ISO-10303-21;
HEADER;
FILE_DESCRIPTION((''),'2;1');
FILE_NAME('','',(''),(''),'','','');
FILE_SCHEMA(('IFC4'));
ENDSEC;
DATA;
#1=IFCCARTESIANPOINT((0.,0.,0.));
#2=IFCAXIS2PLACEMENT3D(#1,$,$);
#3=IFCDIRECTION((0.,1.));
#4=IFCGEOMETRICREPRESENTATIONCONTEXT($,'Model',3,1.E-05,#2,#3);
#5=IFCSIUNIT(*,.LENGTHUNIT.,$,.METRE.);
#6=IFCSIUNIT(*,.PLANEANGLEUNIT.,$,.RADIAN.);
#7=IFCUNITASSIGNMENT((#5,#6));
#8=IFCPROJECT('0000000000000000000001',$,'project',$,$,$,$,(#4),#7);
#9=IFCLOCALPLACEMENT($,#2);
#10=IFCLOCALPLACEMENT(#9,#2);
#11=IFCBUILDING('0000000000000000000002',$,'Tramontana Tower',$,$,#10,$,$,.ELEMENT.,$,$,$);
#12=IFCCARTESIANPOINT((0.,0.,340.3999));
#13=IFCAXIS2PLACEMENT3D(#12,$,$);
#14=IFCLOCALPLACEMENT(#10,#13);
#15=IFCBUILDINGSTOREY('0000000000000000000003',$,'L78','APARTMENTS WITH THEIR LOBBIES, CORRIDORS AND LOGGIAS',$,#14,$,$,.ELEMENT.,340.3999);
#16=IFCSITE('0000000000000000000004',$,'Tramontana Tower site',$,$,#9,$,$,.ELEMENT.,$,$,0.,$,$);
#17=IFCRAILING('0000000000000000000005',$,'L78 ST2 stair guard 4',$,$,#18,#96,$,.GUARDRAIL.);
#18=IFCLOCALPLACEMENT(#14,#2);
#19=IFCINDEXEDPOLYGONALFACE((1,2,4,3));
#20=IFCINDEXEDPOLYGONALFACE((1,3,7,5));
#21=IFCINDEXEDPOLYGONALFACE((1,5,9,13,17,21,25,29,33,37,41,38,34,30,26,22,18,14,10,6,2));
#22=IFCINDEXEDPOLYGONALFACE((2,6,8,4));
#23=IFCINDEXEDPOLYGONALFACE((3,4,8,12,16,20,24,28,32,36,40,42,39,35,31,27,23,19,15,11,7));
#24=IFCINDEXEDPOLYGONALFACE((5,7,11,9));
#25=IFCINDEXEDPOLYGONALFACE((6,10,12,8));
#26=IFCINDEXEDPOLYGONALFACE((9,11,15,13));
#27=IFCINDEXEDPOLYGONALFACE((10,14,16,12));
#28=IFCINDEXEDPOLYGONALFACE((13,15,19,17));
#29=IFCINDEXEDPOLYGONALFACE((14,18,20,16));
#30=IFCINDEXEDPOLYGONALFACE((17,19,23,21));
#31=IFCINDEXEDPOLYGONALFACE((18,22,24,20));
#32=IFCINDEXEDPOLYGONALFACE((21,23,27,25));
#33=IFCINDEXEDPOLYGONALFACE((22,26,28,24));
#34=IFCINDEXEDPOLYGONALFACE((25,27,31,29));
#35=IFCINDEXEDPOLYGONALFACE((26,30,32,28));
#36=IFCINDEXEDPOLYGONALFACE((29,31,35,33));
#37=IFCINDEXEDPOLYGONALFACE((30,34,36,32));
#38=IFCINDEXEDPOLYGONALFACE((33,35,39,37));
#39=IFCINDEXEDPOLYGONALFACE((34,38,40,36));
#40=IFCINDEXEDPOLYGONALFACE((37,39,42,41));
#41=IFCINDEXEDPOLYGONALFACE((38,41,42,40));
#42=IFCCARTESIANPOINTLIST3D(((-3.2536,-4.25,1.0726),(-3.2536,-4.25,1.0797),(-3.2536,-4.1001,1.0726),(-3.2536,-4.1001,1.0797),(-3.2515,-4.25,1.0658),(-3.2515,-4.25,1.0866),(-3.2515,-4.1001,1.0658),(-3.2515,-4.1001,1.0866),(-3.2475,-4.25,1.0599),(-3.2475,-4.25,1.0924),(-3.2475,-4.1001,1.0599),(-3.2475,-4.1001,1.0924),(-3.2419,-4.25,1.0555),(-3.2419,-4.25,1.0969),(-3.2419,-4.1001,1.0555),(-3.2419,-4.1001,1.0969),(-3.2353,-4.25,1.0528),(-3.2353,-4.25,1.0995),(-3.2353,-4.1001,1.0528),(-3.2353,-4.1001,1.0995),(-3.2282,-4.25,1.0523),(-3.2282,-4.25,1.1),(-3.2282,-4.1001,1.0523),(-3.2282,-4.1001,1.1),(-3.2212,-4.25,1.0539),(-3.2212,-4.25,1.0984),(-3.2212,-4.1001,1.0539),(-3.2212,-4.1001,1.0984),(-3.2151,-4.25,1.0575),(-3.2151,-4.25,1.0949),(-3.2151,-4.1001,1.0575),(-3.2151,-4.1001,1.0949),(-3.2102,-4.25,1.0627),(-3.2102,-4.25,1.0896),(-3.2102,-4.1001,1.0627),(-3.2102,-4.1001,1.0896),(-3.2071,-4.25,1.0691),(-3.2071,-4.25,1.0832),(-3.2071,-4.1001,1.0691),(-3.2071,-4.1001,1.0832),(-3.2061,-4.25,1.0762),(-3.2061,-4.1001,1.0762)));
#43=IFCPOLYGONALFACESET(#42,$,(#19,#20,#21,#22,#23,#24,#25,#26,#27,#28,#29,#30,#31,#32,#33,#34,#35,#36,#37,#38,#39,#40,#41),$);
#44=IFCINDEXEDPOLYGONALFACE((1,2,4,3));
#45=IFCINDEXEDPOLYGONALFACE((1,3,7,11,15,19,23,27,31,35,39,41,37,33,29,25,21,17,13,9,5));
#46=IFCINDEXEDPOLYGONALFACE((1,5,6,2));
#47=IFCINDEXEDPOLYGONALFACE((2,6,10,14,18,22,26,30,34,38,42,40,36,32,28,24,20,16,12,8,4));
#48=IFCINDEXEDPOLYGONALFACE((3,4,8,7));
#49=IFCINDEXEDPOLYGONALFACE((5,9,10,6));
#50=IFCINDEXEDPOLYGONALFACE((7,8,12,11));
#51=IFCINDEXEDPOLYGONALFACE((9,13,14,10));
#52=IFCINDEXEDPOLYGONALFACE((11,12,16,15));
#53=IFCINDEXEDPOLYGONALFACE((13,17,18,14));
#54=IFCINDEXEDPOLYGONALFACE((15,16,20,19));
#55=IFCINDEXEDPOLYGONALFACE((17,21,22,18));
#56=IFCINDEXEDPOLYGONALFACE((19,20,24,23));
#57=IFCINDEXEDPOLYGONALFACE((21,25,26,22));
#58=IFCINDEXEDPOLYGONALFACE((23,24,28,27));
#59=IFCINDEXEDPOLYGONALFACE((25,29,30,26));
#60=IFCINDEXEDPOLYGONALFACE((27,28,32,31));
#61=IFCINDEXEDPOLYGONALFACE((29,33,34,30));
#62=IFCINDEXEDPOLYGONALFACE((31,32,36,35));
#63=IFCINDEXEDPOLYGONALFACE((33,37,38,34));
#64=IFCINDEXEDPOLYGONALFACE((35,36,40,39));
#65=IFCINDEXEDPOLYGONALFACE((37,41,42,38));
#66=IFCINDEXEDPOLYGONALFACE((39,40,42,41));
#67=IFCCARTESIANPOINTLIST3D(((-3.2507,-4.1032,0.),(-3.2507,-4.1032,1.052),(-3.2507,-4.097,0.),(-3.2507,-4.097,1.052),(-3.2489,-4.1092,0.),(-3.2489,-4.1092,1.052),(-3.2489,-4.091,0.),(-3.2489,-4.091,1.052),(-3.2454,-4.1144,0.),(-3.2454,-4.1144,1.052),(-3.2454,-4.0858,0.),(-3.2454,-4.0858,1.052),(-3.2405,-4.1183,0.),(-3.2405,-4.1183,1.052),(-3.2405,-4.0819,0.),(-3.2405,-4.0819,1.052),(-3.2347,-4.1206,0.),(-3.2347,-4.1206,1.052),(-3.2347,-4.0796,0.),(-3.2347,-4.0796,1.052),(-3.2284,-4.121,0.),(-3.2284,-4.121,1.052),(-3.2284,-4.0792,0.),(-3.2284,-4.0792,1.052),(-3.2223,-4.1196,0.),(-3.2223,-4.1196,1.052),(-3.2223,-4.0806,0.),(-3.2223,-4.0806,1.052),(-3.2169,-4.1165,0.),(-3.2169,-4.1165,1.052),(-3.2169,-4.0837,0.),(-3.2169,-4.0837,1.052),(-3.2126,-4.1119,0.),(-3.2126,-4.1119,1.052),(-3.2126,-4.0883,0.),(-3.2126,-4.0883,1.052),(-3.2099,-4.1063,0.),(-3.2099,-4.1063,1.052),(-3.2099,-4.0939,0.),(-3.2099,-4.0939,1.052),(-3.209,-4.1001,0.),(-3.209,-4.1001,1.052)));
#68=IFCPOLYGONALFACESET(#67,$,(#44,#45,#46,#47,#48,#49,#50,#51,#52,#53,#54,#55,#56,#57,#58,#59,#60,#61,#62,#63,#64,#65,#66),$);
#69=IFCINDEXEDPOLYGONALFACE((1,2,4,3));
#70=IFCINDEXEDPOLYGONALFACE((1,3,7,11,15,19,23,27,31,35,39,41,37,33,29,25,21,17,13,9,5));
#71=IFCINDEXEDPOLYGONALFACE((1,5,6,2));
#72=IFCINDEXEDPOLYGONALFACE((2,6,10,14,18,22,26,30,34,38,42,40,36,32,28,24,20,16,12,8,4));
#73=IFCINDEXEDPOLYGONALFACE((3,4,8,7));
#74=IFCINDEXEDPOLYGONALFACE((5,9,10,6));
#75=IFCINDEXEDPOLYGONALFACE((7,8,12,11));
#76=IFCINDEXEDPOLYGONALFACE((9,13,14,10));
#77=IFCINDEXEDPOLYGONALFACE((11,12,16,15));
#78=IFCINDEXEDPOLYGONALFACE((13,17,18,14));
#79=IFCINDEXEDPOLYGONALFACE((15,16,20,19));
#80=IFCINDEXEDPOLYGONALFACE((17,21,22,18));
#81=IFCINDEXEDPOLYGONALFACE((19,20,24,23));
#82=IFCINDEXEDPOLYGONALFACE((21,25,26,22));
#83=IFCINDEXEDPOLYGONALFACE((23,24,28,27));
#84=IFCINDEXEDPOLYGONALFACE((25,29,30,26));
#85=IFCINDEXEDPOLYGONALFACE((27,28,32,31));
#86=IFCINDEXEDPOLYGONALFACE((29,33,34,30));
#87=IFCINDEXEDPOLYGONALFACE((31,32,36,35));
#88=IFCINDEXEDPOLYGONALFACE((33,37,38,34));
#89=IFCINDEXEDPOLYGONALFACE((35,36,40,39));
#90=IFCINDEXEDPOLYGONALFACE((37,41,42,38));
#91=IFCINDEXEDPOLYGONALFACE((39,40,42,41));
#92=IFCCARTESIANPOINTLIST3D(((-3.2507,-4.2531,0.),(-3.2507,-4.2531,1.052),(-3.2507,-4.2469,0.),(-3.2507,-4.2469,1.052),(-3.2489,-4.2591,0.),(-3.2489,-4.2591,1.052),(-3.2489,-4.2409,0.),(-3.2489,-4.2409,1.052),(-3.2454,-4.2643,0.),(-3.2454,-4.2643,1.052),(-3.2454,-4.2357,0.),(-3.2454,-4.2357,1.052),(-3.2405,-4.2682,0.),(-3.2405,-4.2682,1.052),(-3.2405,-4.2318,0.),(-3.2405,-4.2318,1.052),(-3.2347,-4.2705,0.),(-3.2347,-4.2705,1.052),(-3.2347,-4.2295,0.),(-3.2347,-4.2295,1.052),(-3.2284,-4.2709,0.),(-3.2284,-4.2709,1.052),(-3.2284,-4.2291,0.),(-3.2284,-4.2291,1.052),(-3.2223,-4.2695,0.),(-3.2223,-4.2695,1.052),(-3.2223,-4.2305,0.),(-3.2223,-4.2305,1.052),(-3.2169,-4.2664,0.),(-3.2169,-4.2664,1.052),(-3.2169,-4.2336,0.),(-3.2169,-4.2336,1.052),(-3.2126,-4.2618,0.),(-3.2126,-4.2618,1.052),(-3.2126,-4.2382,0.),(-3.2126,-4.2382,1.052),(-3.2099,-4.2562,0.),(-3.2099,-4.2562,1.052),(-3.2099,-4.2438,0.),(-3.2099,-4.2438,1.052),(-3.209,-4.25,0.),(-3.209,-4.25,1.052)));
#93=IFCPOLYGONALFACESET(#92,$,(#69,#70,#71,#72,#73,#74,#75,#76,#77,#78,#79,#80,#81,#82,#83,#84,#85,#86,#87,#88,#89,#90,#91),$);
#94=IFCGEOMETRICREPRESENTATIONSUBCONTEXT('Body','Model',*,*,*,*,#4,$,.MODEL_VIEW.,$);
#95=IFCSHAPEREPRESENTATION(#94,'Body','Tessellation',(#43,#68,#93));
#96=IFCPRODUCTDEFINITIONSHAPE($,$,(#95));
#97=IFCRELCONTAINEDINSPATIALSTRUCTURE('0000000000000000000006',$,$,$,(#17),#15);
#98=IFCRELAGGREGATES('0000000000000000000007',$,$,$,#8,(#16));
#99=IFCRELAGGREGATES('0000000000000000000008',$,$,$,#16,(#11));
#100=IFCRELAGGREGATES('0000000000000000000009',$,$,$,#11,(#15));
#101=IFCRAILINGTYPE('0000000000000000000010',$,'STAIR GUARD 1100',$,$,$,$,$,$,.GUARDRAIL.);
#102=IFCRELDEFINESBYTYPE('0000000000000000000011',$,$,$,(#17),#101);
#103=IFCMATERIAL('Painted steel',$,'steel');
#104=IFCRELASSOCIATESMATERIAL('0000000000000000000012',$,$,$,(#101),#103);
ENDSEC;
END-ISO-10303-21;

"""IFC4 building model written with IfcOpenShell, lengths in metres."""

from ifc_helpers import new_model, si_unit, direction, frame, origin, origin_2d, place, context, subcontext, project, spatial, circle, extrude, material, type_object, element, save


model = new_model("IFC4")

# Units and contexts
model_context = context("Model", 3, precision=1e-05, world=origin(), true_north=direction((0.0, 1.0)))
body_context = subcontext(model_context, "Body", "Model", "MODEL_VIEW")
ifc_project = project(units=[si_unit("LENGTHUNIT", "METRE"), si_unit("PLANEANGLEUNIT", "RADIAN")], contexts=[model_context])

# Site, building, storey
site_placement = place(None, origin())
site = spatial("IfcSite", under=ifc_project, at=site_placement, Name="Tramontana Tower site", CompositionType="ELEMENT", RefElevation=0.0)
building_placement = place(site_placement, origin())
building = spatial("IfcBuilding", under=site, at=building_placement, Name="Tramontana Tower", CompositionType="ELEMENT")
storey_placement = place(building_placement, frame((0.0, 0.0, 340.3999)))
storey = spatial("IfcBuildingStorey", under=building, at=storey_placement, Name="L78", Description="APARTMENTS WITH THEIR LOBBIES, CORRIDORS AND LOGGIAS", CompositionType="ELEMENT", Elevation=340.3999)

# Railing
ifc_material_1 = material(Name="Painted steel", Category="steel")
railing_type_1 = type_object("IfcRailingType", Name="STAIR GUARD 1100", PredefinedType="GUARDRAIL", material=ifc_material_1)
railing_1_placement = place(storey_placement, frame((-3.23, -4.1001, 0.0)))
element("IfcRailing", 1, at=railing_1_placement, inside=storey, type_object=railing_type_1, Name="L78 ST2 stair guard 4", PredefinedType="GUARDRAIL", context=body_context, shape_type="SweptSolid", body=[
    extrude(circle(Radius=0.0239, at=origin_2d()), frame((0.0, 0.0, 1.0762), z_axis=(0.0, -1.0, 0.0), x_axis=(1.0, 0.0, 0.0)), (0.0, 0.0, 1.0), 0.1499),
    extrude(circle(Radius=0.021, at=origin_2d()), origin(), (0.0, 0.0, 1.0), 1.052),
    extrude(circle(Radius=0.021, at=origin_2d()), frame((0.0, -0.1499, 0.0)), (0.0, 0.0, 1.0), 1.052),
])

save(model, "model.ifc")
